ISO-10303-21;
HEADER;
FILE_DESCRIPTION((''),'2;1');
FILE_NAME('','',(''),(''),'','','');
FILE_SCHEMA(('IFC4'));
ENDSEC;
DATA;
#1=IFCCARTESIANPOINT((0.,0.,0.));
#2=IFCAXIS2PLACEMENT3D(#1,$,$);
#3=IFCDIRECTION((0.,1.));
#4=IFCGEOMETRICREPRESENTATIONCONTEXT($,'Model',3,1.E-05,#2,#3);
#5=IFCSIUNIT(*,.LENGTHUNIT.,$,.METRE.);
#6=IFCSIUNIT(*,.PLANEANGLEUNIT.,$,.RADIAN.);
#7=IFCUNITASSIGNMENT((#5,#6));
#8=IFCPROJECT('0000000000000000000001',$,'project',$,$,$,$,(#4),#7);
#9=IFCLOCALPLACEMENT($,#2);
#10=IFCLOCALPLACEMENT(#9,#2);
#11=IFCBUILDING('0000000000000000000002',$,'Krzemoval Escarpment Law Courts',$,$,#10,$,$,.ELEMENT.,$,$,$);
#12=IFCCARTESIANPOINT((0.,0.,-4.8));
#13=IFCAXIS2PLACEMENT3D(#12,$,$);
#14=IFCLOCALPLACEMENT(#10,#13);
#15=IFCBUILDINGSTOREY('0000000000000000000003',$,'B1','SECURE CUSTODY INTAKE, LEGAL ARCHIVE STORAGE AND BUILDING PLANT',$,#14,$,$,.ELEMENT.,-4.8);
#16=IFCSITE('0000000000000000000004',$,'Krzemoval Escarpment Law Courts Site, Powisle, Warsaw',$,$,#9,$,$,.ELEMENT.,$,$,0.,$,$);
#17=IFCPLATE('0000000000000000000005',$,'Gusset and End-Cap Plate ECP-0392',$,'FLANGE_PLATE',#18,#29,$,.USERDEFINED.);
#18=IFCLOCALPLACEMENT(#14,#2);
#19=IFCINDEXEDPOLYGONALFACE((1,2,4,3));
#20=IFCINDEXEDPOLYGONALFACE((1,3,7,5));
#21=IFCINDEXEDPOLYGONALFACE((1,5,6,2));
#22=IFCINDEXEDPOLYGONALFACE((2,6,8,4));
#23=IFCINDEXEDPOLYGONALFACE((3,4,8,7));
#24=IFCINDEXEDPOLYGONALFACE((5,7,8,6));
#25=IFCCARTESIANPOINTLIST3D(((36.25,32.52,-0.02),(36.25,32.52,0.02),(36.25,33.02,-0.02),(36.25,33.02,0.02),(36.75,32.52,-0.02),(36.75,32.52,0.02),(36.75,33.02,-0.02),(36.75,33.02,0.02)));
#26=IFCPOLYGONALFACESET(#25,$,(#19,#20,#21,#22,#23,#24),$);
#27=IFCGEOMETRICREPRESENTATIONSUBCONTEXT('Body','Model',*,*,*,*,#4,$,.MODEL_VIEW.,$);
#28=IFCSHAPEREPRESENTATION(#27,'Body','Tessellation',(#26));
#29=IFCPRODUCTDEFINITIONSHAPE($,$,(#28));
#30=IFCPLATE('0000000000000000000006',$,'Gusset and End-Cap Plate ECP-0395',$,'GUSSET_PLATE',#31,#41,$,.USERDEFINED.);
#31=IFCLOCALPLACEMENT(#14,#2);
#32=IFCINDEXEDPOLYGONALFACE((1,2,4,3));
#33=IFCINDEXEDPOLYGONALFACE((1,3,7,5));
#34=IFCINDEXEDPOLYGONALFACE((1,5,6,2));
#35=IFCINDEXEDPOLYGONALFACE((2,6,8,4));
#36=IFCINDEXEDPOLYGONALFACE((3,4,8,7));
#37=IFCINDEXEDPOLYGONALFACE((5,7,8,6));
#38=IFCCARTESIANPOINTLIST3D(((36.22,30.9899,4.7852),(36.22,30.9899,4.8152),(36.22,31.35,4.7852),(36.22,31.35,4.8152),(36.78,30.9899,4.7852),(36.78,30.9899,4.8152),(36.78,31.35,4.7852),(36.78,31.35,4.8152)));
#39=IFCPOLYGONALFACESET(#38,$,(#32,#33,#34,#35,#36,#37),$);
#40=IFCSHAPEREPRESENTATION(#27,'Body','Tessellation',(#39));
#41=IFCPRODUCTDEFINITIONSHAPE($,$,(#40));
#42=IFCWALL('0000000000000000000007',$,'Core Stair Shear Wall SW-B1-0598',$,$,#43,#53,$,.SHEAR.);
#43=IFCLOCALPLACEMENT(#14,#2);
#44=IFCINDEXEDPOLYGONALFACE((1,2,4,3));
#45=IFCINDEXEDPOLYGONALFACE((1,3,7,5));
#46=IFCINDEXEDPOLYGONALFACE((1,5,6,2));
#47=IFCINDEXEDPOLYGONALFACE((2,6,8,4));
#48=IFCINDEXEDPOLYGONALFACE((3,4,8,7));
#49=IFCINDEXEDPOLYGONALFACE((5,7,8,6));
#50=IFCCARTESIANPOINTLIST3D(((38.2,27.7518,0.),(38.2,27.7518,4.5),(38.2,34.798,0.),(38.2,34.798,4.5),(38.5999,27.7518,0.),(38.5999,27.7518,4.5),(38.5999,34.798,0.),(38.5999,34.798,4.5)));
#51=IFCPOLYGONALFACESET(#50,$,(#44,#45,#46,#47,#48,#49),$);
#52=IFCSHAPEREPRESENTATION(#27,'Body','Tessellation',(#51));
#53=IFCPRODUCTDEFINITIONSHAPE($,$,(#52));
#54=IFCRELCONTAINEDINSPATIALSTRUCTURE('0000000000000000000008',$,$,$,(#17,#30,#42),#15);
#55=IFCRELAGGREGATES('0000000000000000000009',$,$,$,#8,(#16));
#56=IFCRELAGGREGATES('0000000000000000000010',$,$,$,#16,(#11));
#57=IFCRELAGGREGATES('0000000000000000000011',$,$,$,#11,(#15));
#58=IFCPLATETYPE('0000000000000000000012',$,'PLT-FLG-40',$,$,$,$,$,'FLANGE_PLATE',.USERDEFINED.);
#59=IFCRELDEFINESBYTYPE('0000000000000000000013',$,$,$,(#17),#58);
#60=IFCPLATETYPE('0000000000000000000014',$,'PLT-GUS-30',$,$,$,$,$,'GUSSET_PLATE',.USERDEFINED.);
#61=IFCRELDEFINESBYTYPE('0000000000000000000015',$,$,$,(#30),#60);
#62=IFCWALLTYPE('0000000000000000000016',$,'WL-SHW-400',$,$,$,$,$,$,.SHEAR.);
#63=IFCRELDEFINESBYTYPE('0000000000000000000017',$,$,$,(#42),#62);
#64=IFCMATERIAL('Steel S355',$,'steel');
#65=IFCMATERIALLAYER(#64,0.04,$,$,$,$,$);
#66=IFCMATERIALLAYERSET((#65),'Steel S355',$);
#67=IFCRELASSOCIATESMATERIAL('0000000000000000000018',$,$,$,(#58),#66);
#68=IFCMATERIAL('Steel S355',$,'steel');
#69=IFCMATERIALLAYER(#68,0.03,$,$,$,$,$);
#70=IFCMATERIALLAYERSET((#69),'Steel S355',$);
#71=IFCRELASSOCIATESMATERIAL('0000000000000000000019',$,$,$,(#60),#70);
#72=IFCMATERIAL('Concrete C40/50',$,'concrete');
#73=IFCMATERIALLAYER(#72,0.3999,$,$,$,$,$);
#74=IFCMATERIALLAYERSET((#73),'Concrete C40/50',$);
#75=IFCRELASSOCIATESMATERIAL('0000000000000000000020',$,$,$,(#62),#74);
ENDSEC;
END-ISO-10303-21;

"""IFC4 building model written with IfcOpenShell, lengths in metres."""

from ifc_helpers import new_model, si_unit, direction, frame, frame_2d, origin, origin_2d, place, context, subcontext, project, spatial, rectangle, extrude, material, layer, layer_set, type_object, element, save


model = new_model("IFC4")

# Units and contexts
model_context = context("Model", 3, precision=1e-05, world=origin(), true_north=direction((0.0, 1.0)))
body_context = subcontext(model_context, "Body", "Model", "MODEL_VIEW")
ifc_project = project(units=[si_unit("LENGTHUNIT", "METRE"), si_unit("PLANEANGLEUNIT", "RADIAN")], contexts=[model_context])

# Site, building, storey
site_placement = place(None, origin())
site = spatial("IfcSite", under=ifc_project, at=site_placement, Name="Krzemoval Escarpment Law Courts Site, Powisle, Warsaw", CompositionType="ELEMENT", RefElevation=0.0)
building_placement = place(site_placement, origin())
building = spatial("IfcBuilding", under=site, at=building_placement, Name="Krzemoval Escarpment Law Courts", CompositionType="ELEMENT")
storey_placement = place(building_placement, frame((0.0, 0.0, -4.8)))
storey = spatial("IfcBuildingStorey", under=building, at=storey_placement, Name="B1", Description="SECURE CUSTODY INTAKE, LEGAL ARCHIVE STORAGE AND BUILDING PLANT", CompositionType="ELEMENT", Elevation=-4.8)

# Plates
ifc_material_1 = material(Name="Steel S355", Category="steel")
ifc_layer_1 = layer(ifc_material_1, 0.04)
ifc_layer_set_1 = layer_set([ifc_layer_1], Name="Steel S355")
plate_type_1 = type_object("IfcPlateType", Name="PLT-FLG-40", ElementType="FLANGE_PLATE", PredefinedType="USERDEFINED", material=ifc_layer_set_1)
plate_1_placement = place(storey_placement, frame((36.5, 32.77, -0.02), z_axis=(0.0, 0.0, 1.0), x_axis=(1.0, 0.0, 0.0)))
element("IfcPlate", 1, at=plate_1_placement, inside=storey, type_object=plate_type_1, Name="Gusset and End-Cap Plate ECP-0392", ObjectType="FLANGE_PLATE", PredefinedType="USERDEFINED", context=body_context, shape_type="SweptSolid", body=[
    extrude(rectangle(XDim=0.5, YDim=0.5, at=origin_2d()), origin(), (0.0, 0.0, 1.0), 0.04),
])
ifc_material_2 = material(Name="Steel S355", Category="steel")
ifc_layer_2 = layer(ifc_material_2, 0.03)
ifc_layer_set_2 = layer_set([ifc_layer_2], Name="Steel S355")
plate_type_2 = type_object("IfcPlateType", Name="PLT-GUS-30", ElementType="GUSSET_PLATE", PredefinedType="USERDEFINED", material=ifc_layer_set_2)
plate_2_placement = place(storey_placement, frame((36.5, 31.1699, 4.7852), z_axis=(0.0, 0.0, 1.0), x_axis=(1.0, 0.0, 0.0)))
element("IfcPlate", 2, at=plate_2_placement, inside=storey, type_object=plate_type_2, Name="Gusset and End-Cap Plate ECP-0395", ObjectType="GUSSET_PLATE", PredefinedType="USERDEFINED", context=body_context, shape_type="SweptSolid", body=[
    extrude(rectangle(XDim=0.5601, YDim=0.3601, at=origin_2d()), origin(), (0.0, 0.0, 1.0), 0.03),
])

# Wall
ifc_material_3 = material(Name="Concrete C40/50", Category="concrete")
ifc_layer_3 = layer(ifc_material_3, 0.3999)
ifc_layer_set_3 = layer_set([ifc_layer_3], Name="Concrete C40/50")
wall_type = type_object("IfcWallType", Name="WL-SHW-400", PredefinedType="SHEAR", material=ifc_layer_set_3)
wall_placement = place(storey_placement, frame((38.3999, 27.752, 0.0), z_axis=(0.0, 0.0, 1.0), x_axis=(0.0, 1.0, 0.0)))
element("IfcWall", 3, at=wall_placement, inside=storey, type_object=wall_type, Name="Core Stair Shear Wall SW-B1-0598", PredefinedType="SHEAR", context=body_context, shape_type="SweptSolid", body=[
    extrude(rectangle(XDim=7.0461, YDim=0.3999, at=frame_2d((3.5229, 0.0))), origin(), (0.0, 0.0, 1.0), 4.5),
])

save(model, "model.ifc")
